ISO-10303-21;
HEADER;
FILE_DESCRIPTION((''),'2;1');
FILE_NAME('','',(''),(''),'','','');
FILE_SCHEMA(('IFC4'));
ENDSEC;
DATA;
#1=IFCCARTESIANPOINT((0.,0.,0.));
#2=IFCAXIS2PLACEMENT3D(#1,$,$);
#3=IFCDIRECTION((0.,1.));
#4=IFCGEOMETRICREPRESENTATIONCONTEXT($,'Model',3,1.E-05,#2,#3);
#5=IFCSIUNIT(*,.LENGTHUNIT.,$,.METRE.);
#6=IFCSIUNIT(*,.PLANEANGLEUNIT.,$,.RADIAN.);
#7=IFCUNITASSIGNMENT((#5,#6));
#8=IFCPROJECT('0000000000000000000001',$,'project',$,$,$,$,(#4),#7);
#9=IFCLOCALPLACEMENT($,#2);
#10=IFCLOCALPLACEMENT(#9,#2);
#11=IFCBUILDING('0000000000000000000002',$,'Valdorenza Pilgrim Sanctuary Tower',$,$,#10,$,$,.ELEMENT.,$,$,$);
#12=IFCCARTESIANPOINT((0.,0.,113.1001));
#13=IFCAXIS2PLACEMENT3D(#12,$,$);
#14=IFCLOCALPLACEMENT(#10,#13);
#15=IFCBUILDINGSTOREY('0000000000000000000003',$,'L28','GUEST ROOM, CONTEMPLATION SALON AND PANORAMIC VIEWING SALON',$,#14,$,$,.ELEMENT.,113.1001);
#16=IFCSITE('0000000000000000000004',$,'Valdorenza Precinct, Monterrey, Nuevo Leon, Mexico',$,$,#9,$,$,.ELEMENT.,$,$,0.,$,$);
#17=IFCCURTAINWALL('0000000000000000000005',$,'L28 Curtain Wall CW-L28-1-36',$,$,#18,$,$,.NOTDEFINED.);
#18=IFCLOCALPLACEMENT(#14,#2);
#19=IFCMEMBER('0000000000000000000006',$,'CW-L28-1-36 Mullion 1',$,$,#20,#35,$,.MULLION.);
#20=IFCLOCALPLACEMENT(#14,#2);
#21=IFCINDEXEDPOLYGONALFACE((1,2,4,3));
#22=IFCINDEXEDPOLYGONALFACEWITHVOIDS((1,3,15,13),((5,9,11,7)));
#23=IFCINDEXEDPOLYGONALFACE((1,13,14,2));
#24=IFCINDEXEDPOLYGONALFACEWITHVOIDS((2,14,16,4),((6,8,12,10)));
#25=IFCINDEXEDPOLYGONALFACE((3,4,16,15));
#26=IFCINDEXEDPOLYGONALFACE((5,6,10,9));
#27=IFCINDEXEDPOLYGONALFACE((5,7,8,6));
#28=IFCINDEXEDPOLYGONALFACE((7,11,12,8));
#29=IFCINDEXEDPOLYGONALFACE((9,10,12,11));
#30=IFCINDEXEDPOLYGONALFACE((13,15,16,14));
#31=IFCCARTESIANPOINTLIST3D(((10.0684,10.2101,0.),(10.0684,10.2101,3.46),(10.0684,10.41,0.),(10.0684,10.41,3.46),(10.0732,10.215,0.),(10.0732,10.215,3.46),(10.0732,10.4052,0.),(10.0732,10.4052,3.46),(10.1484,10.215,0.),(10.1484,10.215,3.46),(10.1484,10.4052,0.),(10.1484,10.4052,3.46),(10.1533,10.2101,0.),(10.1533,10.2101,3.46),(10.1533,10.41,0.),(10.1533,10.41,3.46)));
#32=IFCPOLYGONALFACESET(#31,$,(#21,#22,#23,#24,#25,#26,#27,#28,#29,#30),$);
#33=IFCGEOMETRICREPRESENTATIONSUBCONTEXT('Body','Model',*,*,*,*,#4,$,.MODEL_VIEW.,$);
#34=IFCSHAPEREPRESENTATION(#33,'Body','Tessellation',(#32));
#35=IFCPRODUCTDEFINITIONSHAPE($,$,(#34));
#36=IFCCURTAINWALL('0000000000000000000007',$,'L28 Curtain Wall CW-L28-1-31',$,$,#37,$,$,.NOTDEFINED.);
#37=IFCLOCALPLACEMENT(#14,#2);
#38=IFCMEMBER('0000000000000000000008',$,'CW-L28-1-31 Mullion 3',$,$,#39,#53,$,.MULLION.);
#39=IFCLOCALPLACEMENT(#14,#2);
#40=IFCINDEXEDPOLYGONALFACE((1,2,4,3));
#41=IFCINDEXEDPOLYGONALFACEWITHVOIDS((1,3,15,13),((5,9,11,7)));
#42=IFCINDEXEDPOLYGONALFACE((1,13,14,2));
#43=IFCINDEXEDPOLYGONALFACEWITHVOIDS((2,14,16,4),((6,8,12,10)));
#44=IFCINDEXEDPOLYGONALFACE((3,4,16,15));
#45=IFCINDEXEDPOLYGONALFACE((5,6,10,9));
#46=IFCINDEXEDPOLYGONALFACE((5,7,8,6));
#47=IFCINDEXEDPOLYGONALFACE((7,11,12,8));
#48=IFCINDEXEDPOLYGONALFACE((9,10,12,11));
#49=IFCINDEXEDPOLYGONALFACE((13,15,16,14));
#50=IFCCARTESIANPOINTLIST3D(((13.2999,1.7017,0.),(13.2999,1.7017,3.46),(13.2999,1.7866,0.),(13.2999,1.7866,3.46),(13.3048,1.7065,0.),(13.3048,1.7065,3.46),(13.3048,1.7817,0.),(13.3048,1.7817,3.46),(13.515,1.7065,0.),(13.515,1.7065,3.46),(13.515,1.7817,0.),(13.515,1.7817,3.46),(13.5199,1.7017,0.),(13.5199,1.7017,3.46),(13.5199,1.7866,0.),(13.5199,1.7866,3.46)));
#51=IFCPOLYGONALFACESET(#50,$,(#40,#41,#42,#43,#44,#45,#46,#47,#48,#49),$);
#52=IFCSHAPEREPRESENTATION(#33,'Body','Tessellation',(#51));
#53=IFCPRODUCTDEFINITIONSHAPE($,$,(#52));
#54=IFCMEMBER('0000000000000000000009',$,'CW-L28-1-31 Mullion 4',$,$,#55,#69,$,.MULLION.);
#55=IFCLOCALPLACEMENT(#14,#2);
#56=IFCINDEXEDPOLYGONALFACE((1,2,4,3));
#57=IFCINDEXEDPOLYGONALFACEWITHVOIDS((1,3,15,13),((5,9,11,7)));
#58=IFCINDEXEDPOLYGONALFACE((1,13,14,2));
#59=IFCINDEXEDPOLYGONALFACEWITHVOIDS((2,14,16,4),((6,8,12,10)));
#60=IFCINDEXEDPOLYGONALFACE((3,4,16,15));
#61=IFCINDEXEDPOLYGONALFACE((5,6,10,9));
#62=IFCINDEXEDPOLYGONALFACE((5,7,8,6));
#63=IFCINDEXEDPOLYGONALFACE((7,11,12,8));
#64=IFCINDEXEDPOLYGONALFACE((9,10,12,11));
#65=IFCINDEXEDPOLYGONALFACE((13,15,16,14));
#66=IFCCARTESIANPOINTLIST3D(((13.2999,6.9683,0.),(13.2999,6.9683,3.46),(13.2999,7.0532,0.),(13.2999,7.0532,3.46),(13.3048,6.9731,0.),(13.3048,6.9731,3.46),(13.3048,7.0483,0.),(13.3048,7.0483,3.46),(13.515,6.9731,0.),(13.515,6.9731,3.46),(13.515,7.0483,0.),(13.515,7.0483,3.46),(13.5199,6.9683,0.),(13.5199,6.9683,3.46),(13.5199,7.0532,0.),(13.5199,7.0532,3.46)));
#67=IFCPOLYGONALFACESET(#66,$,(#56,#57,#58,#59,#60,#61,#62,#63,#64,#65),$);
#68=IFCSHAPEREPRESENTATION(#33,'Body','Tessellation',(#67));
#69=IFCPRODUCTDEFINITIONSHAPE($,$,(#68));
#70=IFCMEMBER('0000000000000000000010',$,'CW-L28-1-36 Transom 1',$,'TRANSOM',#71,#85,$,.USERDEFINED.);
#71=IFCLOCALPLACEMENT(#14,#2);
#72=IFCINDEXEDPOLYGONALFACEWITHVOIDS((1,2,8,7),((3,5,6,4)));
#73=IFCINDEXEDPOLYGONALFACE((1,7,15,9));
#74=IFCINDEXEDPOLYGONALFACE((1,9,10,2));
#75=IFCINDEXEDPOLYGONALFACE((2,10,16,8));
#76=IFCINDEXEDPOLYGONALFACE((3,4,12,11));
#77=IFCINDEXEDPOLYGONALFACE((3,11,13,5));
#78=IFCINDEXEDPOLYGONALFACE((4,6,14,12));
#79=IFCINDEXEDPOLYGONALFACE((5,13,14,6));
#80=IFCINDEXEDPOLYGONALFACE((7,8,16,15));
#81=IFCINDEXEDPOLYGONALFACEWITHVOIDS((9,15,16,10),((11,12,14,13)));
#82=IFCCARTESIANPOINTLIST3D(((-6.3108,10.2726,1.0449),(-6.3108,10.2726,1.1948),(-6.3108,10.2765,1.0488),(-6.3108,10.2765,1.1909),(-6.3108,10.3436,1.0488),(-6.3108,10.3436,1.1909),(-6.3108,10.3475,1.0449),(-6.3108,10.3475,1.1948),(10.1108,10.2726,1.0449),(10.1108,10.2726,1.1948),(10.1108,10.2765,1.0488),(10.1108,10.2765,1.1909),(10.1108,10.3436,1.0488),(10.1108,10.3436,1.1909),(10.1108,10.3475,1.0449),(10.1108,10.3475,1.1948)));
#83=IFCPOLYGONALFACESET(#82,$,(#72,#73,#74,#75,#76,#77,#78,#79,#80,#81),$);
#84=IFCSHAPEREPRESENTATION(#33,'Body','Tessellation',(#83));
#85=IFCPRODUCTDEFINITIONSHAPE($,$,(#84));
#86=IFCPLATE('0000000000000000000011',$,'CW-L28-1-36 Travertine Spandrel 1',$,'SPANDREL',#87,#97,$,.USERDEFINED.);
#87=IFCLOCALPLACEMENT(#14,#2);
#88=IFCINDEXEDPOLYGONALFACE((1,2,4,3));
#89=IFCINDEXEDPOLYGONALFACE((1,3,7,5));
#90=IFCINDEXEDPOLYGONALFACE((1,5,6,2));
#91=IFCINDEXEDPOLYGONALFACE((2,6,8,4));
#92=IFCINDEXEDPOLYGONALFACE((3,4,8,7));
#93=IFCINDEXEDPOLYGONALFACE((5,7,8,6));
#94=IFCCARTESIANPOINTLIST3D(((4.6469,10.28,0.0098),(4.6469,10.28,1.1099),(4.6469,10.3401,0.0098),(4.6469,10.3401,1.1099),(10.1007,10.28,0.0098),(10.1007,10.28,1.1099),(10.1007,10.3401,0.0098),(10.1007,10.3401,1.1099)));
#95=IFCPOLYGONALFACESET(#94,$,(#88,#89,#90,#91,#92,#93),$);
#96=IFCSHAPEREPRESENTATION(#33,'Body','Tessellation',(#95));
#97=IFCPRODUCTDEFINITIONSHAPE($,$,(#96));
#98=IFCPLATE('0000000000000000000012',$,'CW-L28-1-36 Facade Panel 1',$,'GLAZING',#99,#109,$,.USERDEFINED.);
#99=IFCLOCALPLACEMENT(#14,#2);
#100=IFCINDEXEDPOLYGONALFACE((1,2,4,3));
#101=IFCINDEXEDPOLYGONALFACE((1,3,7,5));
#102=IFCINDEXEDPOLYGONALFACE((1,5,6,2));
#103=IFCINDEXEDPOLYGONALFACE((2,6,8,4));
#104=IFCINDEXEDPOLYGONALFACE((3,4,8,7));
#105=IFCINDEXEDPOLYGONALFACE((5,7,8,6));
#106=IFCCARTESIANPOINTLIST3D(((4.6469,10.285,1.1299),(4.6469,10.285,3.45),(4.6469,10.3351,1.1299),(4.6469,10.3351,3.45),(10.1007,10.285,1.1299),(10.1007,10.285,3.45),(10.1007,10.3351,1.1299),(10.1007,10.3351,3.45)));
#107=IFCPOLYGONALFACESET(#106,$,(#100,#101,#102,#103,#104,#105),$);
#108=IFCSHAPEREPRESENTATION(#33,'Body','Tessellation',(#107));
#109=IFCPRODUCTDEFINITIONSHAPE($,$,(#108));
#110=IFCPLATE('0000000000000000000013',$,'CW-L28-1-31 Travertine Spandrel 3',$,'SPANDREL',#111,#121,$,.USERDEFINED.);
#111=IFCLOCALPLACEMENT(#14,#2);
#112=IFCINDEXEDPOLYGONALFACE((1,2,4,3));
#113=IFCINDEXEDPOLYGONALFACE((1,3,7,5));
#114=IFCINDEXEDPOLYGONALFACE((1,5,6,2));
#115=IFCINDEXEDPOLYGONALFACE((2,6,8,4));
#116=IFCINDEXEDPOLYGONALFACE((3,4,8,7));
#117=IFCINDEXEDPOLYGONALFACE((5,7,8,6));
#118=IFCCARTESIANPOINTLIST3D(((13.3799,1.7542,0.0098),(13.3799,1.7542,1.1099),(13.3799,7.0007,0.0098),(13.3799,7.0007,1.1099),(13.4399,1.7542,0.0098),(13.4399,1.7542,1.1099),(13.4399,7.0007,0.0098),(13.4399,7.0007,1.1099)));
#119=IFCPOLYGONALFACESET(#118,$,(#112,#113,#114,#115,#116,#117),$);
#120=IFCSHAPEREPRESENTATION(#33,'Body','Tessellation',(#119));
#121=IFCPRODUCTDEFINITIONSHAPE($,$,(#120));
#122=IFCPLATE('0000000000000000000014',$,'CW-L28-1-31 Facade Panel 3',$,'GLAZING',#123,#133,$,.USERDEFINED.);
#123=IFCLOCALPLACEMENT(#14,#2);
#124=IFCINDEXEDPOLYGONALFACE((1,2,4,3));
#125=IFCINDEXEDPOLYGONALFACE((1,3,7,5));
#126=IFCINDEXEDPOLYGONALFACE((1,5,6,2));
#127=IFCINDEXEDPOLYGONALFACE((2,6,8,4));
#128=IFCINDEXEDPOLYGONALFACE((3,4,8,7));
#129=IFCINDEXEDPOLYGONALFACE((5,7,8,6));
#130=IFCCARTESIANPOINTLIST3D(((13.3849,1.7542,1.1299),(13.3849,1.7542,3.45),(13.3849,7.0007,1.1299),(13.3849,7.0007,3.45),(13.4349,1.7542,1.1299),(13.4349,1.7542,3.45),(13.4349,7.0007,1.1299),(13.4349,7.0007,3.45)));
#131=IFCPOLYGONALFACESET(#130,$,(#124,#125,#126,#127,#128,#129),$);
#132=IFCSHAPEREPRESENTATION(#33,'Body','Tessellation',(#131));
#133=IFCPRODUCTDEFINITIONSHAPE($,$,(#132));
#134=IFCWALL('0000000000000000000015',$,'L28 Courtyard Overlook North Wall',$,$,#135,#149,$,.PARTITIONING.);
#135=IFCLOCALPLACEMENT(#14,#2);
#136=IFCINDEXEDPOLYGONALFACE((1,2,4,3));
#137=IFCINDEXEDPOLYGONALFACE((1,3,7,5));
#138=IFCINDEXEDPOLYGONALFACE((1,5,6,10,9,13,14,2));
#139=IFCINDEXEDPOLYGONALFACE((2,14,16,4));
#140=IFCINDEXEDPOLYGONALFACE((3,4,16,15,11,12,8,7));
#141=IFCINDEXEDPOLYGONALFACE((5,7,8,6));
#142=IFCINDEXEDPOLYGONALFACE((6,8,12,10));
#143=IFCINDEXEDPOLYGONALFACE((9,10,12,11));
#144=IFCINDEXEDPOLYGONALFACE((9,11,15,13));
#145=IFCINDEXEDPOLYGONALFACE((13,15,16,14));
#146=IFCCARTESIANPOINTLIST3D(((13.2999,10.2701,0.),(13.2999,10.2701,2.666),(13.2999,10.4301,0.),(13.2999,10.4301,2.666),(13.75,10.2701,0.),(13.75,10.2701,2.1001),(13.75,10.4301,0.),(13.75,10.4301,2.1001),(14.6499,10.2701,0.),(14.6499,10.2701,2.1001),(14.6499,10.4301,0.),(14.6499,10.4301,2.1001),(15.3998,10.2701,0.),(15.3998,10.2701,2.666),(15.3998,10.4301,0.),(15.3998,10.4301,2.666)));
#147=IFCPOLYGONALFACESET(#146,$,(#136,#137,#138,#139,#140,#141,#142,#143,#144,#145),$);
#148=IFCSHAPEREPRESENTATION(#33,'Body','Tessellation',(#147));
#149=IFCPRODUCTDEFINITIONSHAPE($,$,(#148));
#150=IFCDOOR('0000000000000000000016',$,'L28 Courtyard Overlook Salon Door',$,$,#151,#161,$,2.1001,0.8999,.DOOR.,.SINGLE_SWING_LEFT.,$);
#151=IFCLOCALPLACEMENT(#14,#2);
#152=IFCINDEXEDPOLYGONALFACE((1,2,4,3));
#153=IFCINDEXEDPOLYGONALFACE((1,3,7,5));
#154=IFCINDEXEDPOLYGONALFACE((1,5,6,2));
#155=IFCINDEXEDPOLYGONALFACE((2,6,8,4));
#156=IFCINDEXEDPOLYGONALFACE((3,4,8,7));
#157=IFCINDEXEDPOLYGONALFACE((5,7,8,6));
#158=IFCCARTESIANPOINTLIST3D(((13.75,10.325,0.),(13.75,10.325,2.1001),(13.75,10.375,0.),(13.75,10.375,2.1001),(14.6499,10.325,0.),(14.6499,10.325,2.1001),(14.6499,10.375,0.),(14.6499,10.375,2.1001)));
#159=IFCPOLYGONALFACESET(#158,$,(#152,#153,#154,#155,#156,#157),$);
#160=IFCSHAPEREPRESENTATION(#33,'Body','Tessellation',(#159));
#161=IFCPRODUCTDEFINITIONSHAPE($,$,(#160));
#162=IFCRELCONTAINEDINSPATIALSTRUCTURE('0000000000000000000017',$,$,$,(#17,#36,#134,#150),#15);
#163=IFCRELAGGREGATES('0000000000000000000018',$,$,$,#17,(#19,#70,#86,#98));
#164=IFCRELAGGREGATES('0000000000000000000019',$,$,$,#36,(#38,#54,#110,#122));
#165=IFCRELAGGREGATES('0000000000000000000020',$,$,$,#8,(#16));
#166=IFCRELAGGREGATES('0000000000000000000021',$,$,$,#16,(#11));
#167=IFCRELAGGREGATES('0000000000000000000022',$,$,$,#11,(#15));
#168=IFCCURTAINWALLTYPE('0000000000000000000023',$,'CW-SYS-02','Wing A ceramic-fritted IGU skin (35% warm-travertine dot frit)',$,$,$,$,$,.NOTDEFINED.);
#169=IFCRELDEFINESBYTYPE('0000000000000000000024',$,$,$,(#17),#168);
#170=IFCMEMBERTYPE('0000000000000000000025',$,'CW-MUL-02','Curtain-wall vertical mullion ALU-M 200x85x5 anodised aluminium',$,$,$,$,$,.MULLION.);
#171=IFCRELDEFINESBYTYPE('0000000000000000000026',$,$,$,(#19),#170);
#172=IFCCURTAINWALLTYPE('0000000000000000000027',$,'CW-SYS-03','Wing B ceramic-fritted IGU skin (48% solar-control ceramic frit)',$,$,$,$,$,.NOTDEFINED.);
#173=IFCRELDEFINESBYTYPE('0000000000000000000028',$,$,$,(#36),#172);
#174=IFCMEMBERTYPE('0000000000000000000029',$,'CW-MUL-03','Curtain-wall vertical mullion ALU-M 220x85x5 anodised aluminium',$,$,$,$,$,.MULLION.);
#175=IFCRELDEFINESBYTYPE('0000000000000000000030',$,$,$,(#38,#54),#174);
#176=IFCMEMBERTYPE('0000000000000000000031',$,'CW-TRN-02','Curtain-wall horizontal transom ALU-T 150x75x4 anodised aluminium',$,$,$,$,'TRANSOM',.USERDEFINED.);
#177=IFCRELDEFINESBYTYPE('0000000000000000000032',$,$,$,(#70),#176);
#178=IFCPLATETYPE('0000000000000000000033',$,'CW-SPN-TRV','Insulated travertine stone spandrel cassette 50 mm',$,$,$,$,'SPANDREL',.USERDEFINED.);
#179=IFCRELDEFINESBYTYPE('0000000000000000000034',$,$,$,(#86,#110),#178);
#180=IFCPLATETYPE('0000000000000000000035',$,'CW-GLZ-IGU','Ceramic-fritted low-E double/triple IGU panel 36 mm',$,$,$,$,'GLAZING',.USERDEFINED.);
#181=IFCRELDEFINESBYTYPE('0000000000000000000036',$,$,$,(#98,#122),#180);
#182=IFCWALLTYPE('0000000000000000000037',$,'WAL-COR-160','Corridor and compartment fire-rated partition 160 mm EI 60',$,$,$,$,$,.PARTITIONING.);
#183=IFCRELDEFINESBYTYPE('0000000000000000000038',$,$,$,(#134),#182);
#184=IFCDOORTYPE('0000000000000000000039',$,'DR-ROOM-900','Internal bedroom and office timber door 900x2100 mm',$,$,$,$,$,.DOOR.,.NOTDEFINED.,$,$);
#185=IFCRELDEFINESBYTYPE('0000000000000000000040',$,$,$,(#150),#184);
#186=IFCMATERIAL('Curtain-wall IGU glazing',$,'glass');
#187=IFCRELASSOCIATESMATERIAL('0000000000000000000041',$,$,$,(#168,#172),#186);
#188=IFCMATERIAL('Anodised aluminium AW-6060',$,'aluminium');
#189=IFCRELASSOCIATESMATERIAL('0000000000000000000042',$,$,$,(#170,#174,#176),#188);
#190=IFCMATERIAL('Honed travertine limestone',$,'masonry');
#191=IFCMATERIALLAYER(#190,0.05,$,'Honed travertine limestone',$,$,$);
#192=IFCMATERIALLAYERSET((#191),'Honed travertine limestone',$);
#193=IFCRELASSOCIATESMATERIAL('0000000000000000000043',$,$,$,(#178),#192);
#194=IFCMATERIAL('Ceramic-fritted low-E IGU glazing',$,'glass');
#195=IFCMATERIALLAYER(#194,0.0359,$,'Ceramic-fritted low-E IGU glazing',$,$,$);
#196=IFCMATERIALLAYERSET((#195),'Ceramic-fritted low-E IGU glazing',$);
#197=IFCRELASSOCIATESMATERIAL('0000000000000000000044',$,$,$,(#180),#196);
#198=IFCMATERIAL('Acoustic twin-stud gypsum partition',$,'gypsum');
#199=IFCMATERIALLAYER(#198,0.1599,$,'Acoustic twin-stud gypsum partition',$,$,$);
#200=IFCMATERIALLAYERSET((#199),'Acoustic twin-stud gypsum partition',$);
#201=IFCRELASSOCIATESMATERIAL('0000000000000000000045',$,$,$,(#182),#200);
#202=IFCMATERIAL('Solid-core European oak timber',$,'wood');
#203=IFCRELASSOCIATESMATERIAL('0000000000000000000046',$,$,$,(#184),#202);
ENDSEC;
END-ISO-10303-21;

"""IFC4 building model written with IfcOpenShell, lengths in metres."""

from ifc_helpers import new_model, si_unit, direction, frame, frame_2d, origin, origin_2d, place, context, subcontext, project, spatial, rectangle, hollow_rectangle, extrude, source, transform, mapped, material, layer, layer_set, material_profile, profile_set, type_object, element, fill, aggregate, save


model = new_model("IFC4")

# Units and contexts
model_context = context("Model", 3, precision=1e-05, world=origin(), true_north=direction((0.0, 1.0)))
body_context = subcontext(model_context, "Body", "Model", "MODEL_VIEW")
ifc_project = project(units=[si_unit("LENGTHUNIT", "METRE"), si_unit("PLANEANGLEUNIT", "RADIAN")], contexts=[model_context])

# Site, building, storey
site_placement = place(None, origin())
site = spatial("IfcSite", under=ifc_project, at=site_placement, Name="Valdorenza Precinct, Monterrey, Nuevo Leon, Mexico", CompositionType="ELEMENT", RefElevation=0.0)
building_placement = place(site_placement, origin())
building = spatial("IfcBuilding", under=site, at=building_placement, Name="Valdorenza Pilgrim Sanctuary Tower", CompositionType="ELEMENT")
storey_placement = place(building_placement, frame((0.0, 0.0, 113.1001)))
storey = spatial("IfcBuildingStorey", under=building, at=storey_placement, Name="L28", Description="GUEST ROOM, CONTEMPLATION SALON AND PANORAMIC VIEWING SALON", CompositionType="ELEMENT", Elevation=113.1001)

# Curtain wall, member
ifc_material_1 = material(Name="Curtain-wall IGU glazing", Category="glass")
curtain_wall_type_1 = type_object("IfcCurtainWallType", Name="CW-SYS-02", Description="Wing A ceramic-fritted IGU skin (35% warm-travertine dot frit)", PredefinedType="NOTDEFINED", material=ifc_material_1)
curtain_wall_1_placement = place(storey_placement, origin())
curtain_wall_1 = element("IfcCurtainWall", 1, at=curtain_wall_1_placement, inside=storey, type_object=curtain_wall_type_1, Name="L28 Curtain Wall CW-L28-1-36", PredefinedType="NOTDEFINED")
ifc_material_2 = material(Name="Anodised aluminium AW-6060", Category="aluminium")
ifc_material_profile_1 = material_profile(ifc_material_2, hollow_rectangle(XDim=0.085, YDim=0.2, WallThickness=0.0049, at=origin_2d()), Name="ALU-M 200x85x5")
ifc_profile_set_1 = profile_set([ifc_material_profile_1], Name="Anodised aluminium AW-6060")
member_type_1 = type_object("IfcMemberType", Name="CW-MUL-02", Description="Curtain-wall vertical mullion ALU-M 200x85x5 anodised aluminium", PredefinedType="MULLION", material=ifc_profile_set_1)
shared_shape_1 = source(origin(), body_context, "Body", "SweptSolid", [
    extrude(hollow_rectangle(XDim=0.085, YDim=0.2, WallThickness=0.0049, at=origin_2d()), origin(), (0.0, 0.0, 1.0), 3.46),
])
member_1_placement = place(storey_placement, frame((10.1108, 10.3101, 0.0), z_axis=(0.0, 0.0, 1.0), x_axis=(-1.0, 0.0, 0.0)))
member_1 = element("IfcMember", 2, at=member_1_placement, type_object=member_type_1, Name="CW-L28-1-36 Mullion 1", PredefinedType="MULLION", context=body_context, shape_type="MappedRepresentation", body=[
    mapped(shared_shape_1, transform((0.0, 0.0, 0.0), x_axis=(1.0, 0.0, 0.0), y_axis=(0.0, 1.0, 0.0), z_axis=(0.0, 0.0, 1.0), scale=1.0)),
])

# Curtain wall, members
curtain_wall_type_2 = type_object("IfcCurtainWallType", Name="CW-SYS-03", Description="Wing B ceramic-fritted IGU skin (48% solar-control ceramic frit)", PredefinedType="NOTDEFINED", material=ifc_material_1)
curtain_wall_2_placement = place(storey_placement, origin())
curtain_wall_2 = element("IfcCurtainWall", 3, at=curtain_wall_2_placement, inside=storey, type_object=curtain_wall_type_2, Name="L28 Curtain Wall CW-L28-1-31", PredefinedType="NOTDEFINED")
ifc_material_profile_2 = material_profile(ifc_material_2, hollow_rectangle(XDim=0.085, YDim=0.22, WallThickness=0.0049, at=origin_2d()), Name="ALU-M 220x85x5")
ifc_profile_set_2 = profile_set([ifc_material_profile_2], Name="Anodised aluminium AW-6060")
member_type_2 = type_object("IfcMemberType", Name="CW-MUL-03", Description="Curtain-wall vertical mullion ALU-M 220x85x5 anodised aluminium", PredefinedType="MULLION", material=ifc_profile_set_2)
shared_shape_2 = source(origin(), body_context, "Body", "SweptSolid", [
    extrude(hollow_rectangle(XDim=0.085, YDim=0.22, WallThickness=0.0049, at=origin_2d()), origin(), (0.0, 0.0, 1.0), 3.46),
])
member_2_placement = place(storey_placement, frame((13.4099, 1.7441, 0.0), z_axis=(0.0, 0.0, 1.0), x_axis=(0.0, 1.0, 0.0)))
member_2 = element("IfcMember", 4, at=member_2_placement, type_object=member_type_2, Name="CW-L28-1-31 Mullion 3", PredefinedType="MULLION", context=body_context, shape_type="MappedRepresentation", body=[
    mapped(shared_shape_2, transform((0.0, 0.0, 0.0), x_axis=(1.0, 0.0, 0.0), y_axis=(0.0, 1.0, 0.0), z_axis=(0.0, 0.0, 1.0), scale=1.0)),
])
member_3_placement = place(storey_placement, frame((13.4099, 7.0107, 0.0), z_axis=(0.0, 0.0, 1.0), x_axis=(0.0, 1.0, 0.0)))
member_3 = element("IfcMember", 5, at=member_3_placement, type_object=member_type_2, Name="CW-L28-1-31 Mullion 4", PredefinedType="MULLION", context=body_context, shape_type="MappedRepresentation", body=[
    mapped(shared_shape_2, transform((0.0, 0.0, 0.0), x_axis=(1.0, 0.0, 0.0), y_axis=(0.0, 1.0, 0.0), z_axis=(0.0, 0.0, 1.0), scale=1.0)),
])

# Member
ifc_material_profile_3 = material_profile(ifc_material_2, hollow_rectangle(XDim=0.075, YDim=0.1499, WallThickness=0.0039, at=origin_2d()), Name="ALU-T 150x75x4")
ifc_profile_set_3 = profile_set([ifc_material_profile_3], Name="Anodised aluminium AW-6060")
member_type_3 = type_object("IfcMemberType", Name="CW-TRN-02", Description="Curtain-wall horizontal transom ALU-T 150x75x4 anodised aluminium", ElementType="TRANSOM", PredefinedType="USERDEFINED", material=ifc_profile_set_3)
shared_shape_3 = source(origin(), body_context, "Body", "SweptSolid", [
    extrude(hollow_rectangle(XDim=0.075, YDim=0.1499, WallThickness=0.0039, at=origin_2d()), origin(), (0.0, 0.0, 1.0), 16.4216),
])
member_4_placement = place(storey_placement, frame((10.1108, 10.3101, 1.1199), z_axis=(-1.0, 0.0, 0.0), x_axis=(0.0, -1.0, 0.0)))
member_4 = element("IfcMember", 6, at=member_4_placement, type_object=member_type_3, Name="CW-L28-1-36 Transom 1", ObjectType="TRANSOM", PredefinedType="USERDEFINED", context=body_context, shape_type="MappedRepresentation", body=[
    mapped(shared_shape_3, transform((0.0, 0.0, 0.0), x_axis=(1.0, 0.0, 0.0), y_axis=(0.0, 1.0, 0.0), z_axis=(0.0, 0.0, 1.0), scale=1.0)),
])

# Plates
ifc_material_3 = material(Name="Honed travertine limestone", Category="masonry")
ifc_layer_1 = layer(ifc_material_3, 0.05, Name="Honed travertine limestone")
ifc_layer_set_1 = layer_set([ifc_layer_1], Name="Honed travertine limestone")
plate_type_1 = type_object("IfcPlateType", Name="CW-SPN-TRV", Description="Insulated travertine stone spandrel cassette 50 mm", ElementType="SPANDREL", PredefinedType="USERDEFINED", material=ifc_layer_set_1)
shared_shape_4 = source(origin(), body_context, "Body", "SweptSolid", [
    extrude(rectangle(XDim=5.4539, YDim=0.0601, at=origin_2d()), origin(), (0.0, 0.0, 1.0), 1.1001),
])
plate_1_placement = place(storey_placement, frame((7.3738, 10.3101, 0.0098), z_axis=(0.0, 0.0, 1.0), x_axis=(-1.0, 0.0, 0.0)))
plate_1 = element("IfcPlate", 7, at=plate_1_placement, type_object=plate_type_1, Name="CW-L28-1-36 Travertine Spandrel 1", ObjectType="SPANDREL", PredefinedType="USERDEFINED", context=body_context, shape_type="MappedRepresentation", body=[
    mapped(shared_shape_4, transform((0.0, 0.0, 0.0), x_axis=(1.0, 0.0, 0.0), y_axis=(0.0, 1.0, 0.0), z_axis=(0.0, 0.0, 1.0), scale=1.0)),
])
ifc_material_4 = material(Name="Ceramic-fritted low-E IGU glazing", Category="glass")
ifc_layer_2 = layer(ifc_material_4, 0.0359, Name="Ceramic-fritted low-E IGU glazing")
ifc_layer_set_2 = layer_set([ifc_layer_2], Name="Ceramic-fritted low-E IGU glazing")
plate_type_2 = type_object("IfcPlateType", Name="CW-GLZ-IGU", Description="Ceramic-fritted low-E double/triple IGU panel 36 mm", ElementType="GLAZING", PredefinedType="USERDEFINED", material=ifc_layer_set_2)
shared_shape_5 = source(origin(), body_context, "Body", "SweptSolid", [
    extrude(rectangle(XDim=5.4539, YDim=0.05, at=origin_2d()), origin(), (0.0, 0.0, 1.0), 2.3201),
])
plate_2_placement = place(storey_placement, frame((7.3738, 10.3101, 1.1299), z_axis=(0.0, 0.0, 1.0), x_axis=(-1.0, 0.0, 0.0)))
plate_2 = element("IfcPlate", 8, at=plate_2_placement, type_object=plate_type_2, Name="CW-L28-1-36 Facade Panel 1", ObjectType="GLAZING", PredefinedType="USERDEFINED", context=body_context, shape_type="MappedRepresentation", body=[
    mapped(shared_shape_5, transform((0.0, 0.0, 0.0), x_axis=(1.0, 0.0, 0.0), y_axis=(0.0, 1.0, 0.0), z_axis=(0.0, 0.0, 1.0), scale=1.0)),
])
aggregate(curtain_wall_1, [member_1, member_4, plate_1, plate_2])
shared_shape_6 = source(origin(), body_context, "Body", "SweptSolid", [
    extrude(rectangle(XDim=5.2466, YDim=0.0601, at=origin_2d()), origin(), (0.0, 0.0, 1.0), 1.1001),
])
plate_3_placement = place(storey_placement, frame((13.4099, 4.3774, 0.0098), z_axis=(0.0, 0.0, 1.0), x_axis=(0.0, 1.0, 0.0)))
plate_3 = element("IfcPlate", 9, at=plate_3_placement, type_object=plate_type_1, Name="CW-L28-1-31 Travertine Spandrel 3", ObjectType="SPANDREL", PredefinedType="USERDEFINED", context=body_context, shape_type="MappedRepresentation", body=[
    mapped(shared_shape_6, transform((0.0, 0.0, 0.0), x_axis=(1.0, 0.0, 0.0), y_axis=(0.0, 1.0, 0.0), z_axis=(0.0, 0.0, 1.0), scale=1.0)),
])
shared_shape_7 = source(origin(), body_context, "Body", "SweptSolid", [
    extrude(rectangle(XDim=5.2466, YDim=0.05, at=origin_2d()), origin(), (0.0, 0.0, 1.0), 2.3201),
])
plate_4_placement = place(storey_placement, frame((13.4099, 4.3774, 1.1299), z_axis=(0.0, 0.0, 1.0), x_axis=(0.0, 1.0, 0.0)))
plate_4 = element("IfcPlate", 10, at=plate_4_placement, type_object=plate_type_2, Name="CW-L28-1-31 Facade Panel 3", ObjectType="GLAZING", PredefinedType="USERDEFINED", context=body_context, shape_type="MappedRepresentation", body=[
    mapped(shared_shape_7, transform((0.0, 0.0, 0.0), x_axis=(1.0, 0.0, 0.0), y_axis=(0.0, 1.0, 0.0), z_axis=(0.0, 0.0, 1.0), scale=1.0)),
])
aggregate(curtain_wall_2, [member_2, member_3, plate_3, plate_4])

# Wall, opening, door
ifc_material_5 = material(Name="Acoustic twin-stud gypsum partition", Category="gypsum")
ifc_layer_3 = layer(ifc_material_5, 0.1599, Name="Acoustic twin-stud gypsum partition")
ifc_layer_set_3 = layer_set([ifc_layer_3], Name="Acoustic twin-stud gypsum partition")
wall_type_1 = type_object("IfcWallType", Name="WAL-COR-160", Description="Corridor and compartment fire-rated partition 160 mm EI 60", PredefinedType="PARTITIONING", material=ifc_layer_set_3)
wall_1_placement = place(storey_placement, frame((13.3, 10.3501, 0.0), z_axis=(0.0, 0.0, 1.0), x_axis=(1.0, 0.0, 0.0)))
wall_1 = element("IfcWall", 11, at=wall_1_placement, inside=storey, type_object=wall_type_1, Name="L28 Courtyard Overlook North Wall", PredefinedType="PARTITIONING", context=body_context, shape_type="SweptSolid", body=[
    extrude(rectangle(XDim=2.0999, YDim=0.1599, at=frame_2d((1.0498, 0.0))), origin(), (0.0, 0.0, 1.0), 2.666),
])
opening_placement = place(wall_1_placement, frame((0.45, 0.0, 0.0)))
opening = element("IfcOpeningElement", 12, at=opening_placement, cuts=wall_1, PredefinedType="OPENING", context=body_context, shape_type="SweptSolid", body=[
    extrude(rectangle(XDim=0.8999, YDim=2.1001, at=frame_2d((0.45, 1.05))), frame((0.0, 0.0947, 0.0), z_axis=(0.0, -1.0, 0.0), x_axis=(1.0, 0.0, 0.0)), (0.0, 0.0, 1.0), 0.1897),
])
ifc_material_6 = material(Name="Solid-core European oak timber", Category="wood")
door_type = type_object("IfcDoorType", Name="DR-ROOM-900", Description="Internal bedroom and office timber door 900x2100 mm", OperationType="NOTDEFINED", PredefinedType="DOOR", material=ifc_material_6)
door_placement = place(opening_placement, origin())
door = element("IfcDoor", 13, at=door_placement, inside=storey, type_object=door_type, Name="L28 Courtyard Overlook Salon Door", OperationType="SINGLE_SWING_LEFT", OverallHeight=2.1001, OverallWidth=0.8999, PredefinedType="DOOR", context=body_context, shape_type="SweptSolid", body=[
    extrude(rectangle(XDim=0.8999, YDim=2.1001, at=frame_2d((0.45, 1.05))), frame((0.0, 0.0249, 0.0), z_axis=(0.0, -1.0, 0.0), x_axis=(1.0, 0.0, 0.0)), (0.0, 0.0, 1.0), 0.05),
])
fill(opening, door)

save(model, "model.ifc")
